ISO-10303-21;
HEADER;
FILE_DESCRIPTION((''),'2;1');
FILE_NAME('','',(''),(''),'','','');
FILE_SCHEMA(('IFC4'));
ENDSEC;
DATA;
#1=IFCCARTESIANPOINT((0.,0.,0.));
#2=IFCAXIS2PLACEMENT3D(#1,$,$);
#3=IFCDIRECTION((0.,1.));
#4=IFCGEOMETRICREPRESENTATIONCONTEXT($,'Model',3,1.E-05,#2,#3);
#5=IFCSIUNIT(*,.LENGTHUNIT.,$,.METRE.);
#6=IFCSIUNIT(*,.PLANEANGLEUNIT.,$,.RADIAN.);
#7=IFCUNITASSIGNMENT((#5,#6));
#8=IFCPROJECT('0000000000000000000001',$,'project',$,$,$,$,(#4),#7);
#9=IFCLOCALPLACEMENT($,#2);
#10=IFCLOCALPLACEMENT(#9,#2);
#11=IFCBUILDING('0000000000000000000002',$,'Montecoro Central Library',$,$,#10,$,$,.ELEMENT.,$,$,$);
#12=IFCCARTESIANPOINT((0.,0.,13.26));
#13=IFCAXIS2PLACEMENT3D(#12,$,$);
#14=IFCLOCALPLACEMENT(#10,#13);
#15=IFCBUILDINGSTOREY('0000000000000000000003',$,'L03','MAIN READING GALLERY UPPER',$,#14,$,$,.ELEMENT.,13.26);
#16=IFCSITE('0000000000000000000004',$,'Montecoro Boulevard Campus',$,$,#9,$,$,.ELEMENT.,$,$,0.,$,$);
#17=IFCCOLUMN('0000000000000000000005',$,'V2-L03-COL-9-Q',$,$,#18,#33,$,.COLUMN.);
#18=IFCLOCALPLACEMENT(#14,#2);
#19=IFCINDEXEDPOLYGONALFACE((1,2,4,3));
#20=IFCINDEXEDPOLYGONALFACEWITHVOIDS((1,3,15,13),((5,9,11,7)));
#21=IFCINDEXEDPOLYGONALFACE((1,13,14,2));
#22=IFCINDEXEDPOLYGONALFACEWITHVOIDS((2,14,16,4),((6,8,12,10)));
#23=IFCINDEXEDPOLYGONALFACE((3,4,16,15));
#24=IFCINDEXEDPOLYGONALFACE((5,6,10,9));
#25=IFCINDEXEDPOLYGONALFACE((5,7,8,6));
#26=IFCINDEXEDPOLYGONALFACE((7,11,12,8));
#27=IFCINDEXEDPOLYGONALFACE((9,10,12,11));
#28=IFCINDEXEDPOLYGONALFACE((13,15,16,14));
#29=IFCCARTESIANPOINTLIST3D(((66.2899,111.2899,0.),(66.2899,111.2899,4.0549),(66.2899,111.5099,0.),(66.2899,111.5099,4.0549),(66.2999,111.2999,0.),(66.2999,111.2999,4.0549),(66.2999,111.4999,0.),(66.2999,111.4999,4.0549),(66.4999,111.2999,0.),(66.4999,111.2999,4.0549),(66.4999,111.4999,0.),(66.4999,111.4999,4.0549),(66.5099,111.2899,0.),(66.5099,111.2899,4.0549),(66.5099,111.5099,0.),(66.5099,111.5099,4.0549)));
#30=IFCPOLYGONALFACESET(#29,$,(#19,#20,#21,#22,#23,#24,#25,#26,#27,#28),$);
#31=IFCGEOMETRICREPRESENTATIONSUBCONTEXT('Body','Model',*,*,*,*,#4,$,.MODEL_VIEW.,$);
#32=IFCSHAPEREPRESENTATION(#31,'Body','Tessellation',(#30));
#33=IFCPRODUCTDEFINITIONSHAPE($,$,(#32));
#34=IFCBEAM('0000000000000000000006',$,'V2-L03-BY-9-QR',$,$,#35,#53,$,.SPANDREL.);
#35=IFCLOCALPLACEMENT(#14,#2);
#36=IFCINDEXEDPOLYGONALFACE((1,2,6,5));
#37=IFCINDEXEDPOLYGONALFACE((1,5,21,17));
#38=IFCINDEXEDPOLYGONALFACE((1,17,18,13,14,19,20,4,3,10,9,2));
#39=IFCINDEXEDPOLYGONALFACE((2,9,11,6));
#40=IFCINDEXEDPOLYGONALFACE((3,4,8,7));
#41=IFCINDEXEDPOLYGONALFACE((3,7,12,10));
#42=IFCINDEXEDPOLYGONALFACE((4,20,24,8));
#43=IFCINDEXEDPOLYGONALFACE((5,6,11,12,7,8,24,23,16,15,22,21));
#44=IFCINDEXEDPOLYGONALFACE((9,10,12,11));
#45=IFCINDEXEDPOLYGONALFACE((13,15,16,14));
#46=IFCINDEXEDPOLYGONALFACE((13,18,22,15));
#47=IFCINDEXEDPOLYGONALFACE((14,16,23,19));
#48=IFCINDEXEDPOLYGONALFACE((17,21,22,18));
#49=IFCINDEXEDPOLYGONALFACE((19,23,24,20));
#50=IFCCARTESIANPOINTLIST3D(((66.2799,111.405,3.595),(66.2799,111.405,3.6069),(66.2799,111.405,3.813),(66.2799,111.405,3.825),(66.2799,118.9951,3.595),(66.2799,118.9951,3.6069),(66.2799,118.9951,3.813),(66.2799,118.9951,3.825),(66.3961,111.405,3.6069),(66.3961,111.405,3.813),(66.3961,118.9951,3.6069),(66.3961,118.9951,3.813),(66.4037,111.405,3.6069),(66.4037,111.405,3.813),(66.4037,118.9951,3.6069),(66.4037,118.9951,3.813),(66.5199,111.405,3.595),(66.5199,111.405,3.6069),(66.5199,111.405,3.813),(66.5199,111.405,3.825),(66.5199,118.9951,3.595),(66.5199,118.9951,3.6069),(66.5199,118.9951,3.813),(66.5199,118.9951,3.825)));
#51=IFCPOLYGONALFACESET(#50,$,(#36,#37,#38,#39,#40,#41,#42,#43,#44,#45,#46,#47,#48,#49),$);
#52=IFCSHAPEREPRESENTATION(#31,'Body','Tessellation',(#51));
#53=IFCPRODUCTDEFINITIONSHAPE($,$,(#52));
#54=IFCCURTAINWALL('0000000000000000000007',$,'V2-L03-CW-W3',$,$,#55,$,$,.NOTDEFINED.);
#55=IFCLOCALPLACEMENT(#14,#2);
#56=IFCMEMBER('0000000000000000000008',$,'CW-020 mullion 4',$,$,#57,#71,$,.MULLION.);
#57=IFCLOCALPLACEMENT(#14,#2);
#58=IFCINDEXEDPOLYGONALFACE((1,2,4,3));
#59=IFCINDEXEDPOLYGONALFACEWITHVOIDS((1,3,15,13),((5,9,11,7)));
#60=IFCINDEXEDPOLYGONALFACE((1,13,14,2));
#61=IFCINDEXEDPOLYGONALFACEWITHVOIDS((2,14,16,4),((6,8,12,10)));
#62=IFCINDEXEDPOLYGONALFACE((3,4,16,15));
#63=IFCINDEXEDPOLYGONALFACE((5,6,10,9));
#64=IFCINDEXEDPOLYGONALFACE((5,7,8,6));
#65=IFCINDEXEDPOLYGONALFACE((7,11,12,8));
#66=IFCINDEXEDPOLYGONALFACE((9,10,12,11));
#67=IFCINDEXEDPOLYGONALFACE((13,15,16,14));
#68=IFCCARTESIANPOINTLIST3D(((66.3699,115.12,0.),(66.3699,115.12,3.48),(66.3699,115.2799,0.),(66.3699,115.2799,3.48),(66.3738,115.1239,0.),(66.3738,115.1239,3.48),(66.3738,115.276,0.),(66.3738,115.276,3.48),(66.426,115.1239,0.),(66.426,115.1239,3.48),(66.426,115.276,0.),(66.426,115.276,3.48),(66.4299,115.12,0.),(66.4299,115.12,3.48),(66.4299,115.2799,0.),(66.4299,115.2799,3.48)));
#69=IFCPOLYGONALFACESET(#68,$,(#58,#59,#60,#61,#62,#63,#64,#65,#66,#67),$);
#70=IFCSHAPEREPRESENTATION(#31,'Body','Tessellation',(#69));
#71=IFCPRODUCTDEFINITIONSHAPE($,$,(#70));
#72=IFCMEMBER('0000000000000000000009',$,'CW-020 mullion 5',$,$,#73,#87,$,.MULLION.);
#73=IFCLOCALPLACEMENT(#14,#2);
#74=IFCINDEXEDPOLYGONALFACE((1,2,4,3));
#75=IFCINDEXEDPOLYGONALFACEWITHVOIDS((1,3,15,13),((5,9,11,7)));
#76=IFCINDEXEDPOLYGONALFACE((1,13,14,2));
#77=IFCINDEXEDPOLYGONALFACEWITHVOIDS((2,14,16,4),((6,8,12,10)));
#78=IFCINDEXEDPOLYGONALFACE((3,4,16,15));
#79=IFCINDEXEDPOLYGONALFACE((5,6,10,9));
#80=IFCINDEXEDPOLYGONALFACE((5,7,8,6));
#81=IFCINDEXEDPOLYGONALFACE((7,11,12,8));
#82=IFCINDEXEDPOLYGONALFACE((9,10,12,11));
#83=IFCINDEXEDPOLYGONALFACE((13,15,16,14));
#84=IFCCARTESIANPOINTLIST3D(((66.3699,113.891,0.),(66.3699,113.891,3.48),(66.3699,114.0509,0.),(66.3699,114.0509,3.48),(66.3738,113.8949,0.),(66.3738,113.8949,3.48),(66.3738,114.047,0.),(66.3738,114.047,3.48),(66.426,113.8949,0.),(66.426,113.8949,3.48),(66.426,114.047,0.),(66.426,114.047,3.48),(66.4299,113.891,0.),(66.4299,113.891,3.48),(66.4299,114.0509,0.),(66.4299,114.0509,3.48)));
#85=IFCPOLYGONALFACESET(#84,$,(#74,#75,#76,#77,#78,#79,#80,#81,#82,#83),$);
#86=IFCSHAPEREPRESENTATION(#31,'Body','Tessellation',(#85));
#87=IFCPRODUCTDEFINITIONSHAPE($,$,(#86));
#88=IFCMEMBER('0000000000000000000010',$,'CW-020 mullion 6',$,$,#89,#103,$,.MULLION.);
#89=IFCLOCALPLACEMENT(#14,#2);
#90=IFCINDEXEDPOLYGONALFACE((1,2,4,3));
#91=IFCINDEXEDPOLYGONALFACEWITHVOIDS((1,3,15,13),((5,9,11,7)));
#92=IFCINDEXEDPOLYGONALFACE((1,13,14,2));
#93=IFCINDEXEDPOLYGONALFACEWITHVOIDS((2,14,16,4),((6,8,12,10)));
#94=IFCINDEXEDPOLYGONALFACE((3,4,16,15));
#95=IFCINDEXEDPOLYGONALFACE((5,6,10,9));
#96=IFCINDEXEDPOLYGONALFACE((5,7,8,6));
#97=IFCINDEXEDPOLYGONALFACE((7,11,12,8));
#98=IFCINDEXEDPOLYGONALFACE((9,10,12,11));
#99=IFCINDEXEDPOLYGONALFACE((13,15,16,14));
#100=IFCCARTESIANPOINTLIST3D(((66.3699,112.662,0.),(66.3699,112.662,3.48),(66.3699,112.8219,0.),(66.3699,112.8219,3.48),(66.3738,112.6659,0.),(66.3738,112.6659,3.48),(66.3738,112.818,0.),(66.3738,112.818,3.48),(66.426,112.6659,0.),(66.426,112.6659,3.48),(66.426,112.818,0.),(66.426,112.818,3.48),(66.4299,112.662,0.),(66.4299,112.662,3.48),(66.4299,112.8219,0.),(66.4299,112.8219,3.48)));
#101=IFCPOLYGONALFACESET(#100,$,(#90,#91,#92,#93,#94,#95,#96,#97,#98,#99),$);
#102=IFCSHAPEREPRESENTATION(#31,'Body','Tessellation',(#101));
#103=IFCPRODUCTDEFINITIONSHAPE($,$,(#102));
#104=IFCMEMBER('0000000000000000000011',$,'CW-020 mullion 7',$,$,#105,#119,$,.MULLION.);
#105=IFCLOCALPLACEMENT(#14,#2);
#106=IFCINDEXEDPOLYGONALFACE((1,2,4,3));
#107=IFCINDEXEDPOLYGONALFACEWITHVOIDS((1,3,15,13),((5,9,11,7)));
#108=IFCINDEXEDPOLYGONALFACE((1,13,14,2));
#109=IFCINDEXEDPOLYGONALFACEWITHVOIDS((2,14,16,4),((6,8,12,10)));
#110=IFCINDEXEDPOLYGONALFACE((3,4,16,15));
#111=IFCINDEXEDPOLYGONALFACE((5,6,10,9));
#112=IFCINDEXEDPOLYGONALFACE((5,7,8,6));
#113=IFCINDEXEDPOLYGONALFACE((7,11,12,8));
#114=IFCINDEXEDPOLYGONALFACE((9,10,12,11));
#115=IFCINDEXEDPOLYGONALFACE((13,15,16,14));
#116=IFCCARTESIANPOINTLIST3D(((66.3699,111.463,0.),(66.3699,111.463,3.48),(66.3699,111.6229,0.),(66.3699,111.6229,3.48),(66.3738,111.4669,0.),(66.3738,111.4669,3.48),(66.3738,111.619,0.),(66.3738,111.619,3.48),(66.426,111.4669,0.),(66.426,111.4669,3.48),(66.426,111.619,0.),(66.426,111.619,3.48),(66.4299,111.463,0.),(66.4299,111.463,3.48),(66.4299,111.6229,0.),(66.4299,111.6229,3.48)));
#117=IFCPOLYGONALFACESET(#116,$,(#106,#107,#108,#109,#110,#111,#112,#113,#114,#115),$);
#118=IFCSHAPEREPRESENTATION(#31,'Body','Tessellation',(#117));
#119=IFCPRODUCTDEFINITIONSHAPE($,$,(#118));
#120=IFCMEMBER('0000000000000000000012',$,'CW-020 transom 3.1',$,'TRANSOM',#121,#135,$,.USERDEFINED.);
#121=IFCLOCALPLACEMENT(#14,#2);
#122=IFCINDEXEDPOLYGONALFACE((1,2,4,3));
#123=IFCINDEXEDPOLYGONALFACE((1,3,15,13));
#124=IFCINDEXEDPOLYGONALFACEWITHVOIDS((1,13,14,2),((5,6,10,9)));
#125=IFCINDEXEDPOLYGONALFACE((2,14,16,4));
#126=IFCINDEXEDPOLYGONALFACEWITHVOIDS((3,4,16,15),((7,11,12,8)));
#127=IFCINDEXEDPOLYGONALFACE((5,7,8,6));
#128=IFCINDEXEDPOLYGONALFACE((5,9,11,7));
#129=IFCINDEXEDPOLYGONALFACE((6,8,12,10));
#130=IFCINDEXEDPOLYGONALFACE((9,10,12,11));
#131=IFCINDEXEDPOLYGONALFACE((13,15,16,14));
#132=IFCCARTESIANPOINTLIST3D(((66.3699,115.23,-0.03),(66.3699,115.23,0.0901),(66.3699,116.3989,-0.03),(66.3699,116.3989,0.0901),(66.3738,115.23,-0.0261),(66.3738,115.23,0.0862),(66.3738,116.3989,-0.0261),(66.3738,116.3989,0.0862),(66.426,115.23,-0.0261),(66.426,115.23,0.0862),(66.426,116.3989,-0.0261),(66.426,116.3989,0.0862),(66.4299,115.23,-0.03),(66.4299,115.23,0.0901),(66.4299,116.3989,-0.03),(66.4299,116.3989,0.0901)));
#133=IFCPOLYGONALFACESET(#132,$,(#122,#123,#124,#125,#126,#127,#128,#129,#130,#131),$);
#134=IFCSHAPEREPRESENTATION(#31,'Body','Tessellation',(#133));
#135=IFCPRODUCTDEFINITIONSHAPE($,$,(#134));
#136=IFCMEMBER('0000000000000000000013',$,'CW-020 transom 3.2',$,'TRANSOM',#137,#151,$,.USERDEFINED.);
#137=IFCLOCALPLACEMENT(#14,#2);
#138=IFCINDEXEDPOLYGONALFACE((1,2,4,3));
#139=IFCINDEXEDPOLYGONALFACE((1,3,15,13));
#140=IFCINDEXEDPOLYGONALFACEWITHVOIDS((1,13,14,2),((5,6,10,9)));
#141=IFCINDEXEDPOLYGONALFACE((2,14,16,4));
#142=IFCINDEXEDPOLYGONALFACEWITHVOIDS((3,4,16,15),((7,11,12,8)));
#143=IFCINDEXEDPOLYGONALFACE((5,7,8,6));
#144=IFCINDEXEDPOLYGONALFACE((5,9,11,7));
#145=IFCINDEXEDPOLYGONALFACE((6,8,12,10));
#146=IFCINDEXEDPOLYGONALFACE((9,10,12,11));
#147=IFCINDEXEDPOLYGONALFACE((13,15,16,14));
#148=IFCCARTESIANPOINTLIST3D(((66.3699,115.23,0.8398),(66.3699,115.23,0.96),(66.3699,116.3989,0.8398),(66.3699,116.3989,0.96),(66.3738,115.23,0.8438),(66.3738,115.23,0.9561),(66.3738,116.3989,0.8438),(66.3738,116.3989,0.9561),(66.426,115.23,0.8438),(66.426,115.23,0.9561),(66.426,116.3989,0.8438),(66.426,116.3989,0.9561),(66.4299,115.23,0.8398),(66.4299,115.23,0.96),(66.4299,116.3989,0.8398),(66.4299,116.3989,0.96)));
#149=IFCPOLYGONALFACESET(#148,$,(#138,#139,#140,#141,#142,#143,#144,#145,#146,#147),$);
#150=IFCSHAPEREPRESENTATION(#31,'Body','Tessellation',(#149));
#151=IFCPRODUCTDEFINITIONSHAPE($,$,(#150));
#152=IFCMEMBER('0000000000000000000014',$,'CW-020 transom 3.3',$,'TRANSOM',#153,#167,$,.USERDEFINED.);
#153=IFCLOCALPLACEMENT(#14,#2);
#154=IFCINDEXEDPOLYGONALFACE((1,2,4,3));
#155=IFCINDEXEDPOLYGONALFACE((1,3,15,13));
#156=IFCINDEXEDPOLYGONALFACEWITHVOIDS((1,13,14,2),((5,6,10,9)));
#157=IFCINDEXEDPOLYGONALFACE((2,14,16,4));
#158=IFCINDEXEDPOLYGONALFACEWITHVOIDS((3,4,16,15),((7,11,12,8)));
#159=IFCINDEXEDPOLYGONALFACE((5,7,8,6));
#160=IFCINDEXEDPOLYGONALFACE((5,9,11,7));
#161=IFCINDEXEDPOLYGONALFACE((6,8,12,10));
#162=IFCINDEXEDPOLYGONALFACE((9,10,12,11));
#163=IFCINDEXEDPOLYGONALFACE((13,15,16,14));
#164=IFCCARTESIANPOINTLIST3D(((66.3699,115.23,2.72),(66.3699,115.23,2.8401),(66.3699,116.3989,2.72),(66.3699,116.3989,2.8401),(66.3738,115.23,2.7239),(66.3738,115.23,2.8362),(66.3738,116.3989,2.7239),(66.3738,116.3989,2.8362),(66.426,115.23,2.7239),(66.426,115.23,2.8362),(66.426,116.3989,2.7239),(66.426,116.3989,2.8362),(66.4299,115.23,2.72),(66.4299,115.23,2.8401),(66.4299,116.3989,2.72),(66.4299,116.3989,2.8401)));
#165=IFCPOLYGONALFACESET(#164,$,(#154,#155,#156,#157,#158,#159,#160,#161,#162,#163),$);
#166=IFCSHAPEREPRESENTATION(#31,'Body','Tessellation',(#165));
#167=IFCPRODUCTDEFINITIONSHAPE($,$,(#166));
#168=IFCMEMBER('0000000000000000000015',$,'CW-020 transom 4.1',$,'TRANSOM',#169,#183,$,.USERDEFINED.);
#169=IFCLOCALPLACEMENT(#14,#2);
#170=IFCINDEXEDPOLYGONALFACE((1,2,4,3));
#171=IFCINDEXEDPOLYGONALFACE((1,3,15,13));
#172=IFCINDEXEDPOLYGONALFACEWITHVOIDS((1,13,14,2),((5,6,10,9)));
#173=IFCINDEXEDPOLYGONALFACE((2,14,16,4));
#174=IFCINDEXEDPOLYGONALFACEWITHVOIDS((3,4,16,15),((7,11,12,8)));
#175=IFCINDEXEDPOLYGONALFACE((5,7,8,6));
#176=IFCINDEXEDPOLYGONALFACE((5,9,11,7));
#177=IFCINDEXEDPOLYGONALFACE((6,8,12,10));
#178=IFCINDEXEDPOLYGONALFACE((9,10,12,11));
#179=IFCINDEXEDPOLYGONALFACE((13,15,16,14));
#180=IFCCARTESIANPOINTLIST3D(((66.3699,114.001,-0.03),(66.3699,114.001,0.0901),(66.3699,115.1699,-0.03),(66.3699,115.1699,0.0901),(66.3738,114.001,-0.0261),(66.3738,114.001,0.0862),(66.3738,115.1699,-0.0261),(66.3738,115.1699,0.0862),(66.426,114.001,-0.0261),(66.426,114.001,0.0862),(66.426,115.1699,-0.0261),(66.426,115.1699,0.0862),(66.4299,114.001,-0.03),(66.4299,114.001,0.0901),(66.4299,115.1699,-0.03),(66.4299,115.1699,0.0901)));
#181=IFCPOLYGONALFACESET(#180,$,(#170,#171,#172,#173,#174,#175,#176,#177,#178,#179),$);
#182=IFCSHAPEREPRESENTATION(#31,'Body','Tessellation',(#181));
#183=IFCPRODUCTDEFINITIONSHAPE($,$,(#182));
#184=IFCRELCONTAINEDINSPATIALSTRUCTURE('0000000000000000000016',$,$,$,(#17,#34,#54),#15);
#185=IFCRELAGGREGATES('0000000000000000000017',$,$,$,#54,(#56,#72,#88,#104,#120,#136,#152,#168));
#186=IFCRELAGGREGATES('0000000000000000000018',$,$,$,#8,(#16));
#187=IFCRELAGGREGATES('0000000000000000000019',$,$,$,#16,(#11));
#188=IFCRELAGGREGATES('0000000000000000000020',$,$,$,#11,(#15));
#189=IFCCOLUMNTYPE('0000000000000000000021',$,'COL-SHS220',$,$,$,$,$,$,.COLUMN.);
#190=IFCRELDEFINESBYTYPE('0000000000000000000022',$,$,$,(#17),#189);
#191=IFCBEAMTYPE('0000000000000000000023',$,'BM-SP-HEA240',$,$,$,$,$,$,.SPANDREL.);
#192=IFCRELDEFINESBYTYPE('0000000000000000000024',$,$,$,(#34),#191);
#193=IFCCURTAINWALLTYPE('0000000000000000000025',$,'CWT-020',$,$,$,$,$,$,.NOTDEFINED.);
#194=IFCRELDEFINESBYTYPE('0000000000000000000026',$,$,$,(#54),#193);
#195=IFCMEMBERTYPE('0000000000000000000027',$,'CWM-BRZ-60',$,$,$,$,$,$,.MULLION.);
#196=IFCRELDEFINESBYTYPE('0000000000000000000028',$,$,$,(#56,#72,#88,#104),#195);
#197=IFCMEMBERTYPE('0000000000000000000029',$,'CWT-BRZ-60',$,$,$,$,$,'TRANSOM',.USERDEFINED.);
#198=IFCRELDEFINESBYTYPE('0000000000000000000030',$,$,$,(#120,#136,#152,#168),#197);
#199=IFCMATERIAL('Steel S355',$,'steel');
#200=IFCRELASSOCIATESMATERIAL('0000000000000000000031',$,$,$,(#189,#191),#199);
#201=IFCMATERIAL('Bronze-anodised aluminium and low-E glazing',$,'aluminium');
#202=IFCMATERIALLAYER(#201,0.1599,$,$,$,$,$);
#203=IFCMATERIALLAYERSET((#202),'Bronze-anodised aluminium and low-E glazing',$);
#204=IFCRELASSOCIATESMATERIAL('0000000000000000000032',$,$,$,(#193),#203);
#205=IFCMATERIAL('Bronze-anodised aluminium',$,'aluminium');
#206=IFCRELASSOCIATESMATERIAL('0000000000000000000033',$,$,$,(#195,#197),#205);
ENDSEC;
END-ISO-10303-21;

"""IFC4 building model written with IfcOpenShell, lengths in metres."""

from ifc_helpers import new_model, si_unit, direction, frame, origin, origin_2d, place, context, subcontext, project, spatial, hollow_rectangle, i_section, extrude, material, layer, layer_set, material_profile, profile_set, type_object, element, aggregate, save


model = new_model("IFC4")

# Units and contexts
model_context = context("Model", 3, precision=1e-05, world=origin(), true_north=direction((0.0, 1.0)))
body_context = subcontext(model_context, "Body", "Model", "MODEL_VIEW")
ifc_project = project(units=[si_unit("LENGTHUNIT", "METRE"), si_unit("PLANEANGLEUNIT", "RADIAN")], contexts=[model_context])

# Site, building, storey
site_placement = place(None, origin())
site = spatial("IfcSite", under=ifc_project, at=site_placement, Name="Montecoro Boulevard Campus", CompositionType="ELEMENT", RefElevation=0.0)
building_placement = place(site_placement, origin())
building = spatial("IfcBuilding", under=site, at=building_placement, Name="Montecoro Central Library", CompositionType="ELEMENT")
storey_placement = place(building_placement, frame((0.0, 0.0, 13.26)))
storey = spatial("IfcBuildingStorey", under=building, at=storey_placement, Name="L03", Description="MAIN READING GALLERY UPPER", CompositionType="ELEMENT", Elevation=13.26)

# Column
ifc_material_1 = material(Name="Steel S355", Category="steel")
ifc_material_profile_1 = material_profile(ifc_material_1, hollow_rectangle(XDim=0.22, YDim=0.22, WallThickness=0.01, at=origin_2d()), Name="SHS 220x220x10.0")
ifc_profile_set_1 = profile_set([ifc_material_profile_1], Name="Steel S355")
column_type = type_object("IfcColumnType", Name="COL-SHS220", PredefinedType="COLUMN", material=ifc_profile_set_1)
column_placement = place(storey_placement, frame((66.3999, 111.3999, 0.0), z_axis=(0.0, 0.0, 1.0), x_axis=(1.0, 0.0, 0.0)))
element("IfcColumn", 1, at=column_placement, inside=storey, type_object=column_type, Name="V2-L03-COL-9-Q", PredefinedType="COLUMN", context=body_context, shape_type="SweptSolid", body=[
    extrude(hollow_rectangle(XDim=0.22, YDim=0.22, WallThickness=0.01, at=origin_2d()), origin(), (0.0, 0.0, 1.0), 4.0549),
])

# Beam
ifc_material_profile_2 = material_profile(ifc_material_1, i_section(OverallWidth=0.24, OverallDepth=0.23, WebThickness=0.0076, FlangeThickness=0.012, at=origin_2d()), Name="HEA 240")
ifc_profile_set_2 = profile_set([ifc_material_profile_2], Name="Steel S355")
beam_type = type_object("IfcBeamType", Name="BM-SP-HEA240", PredefinedType="SPANDREL", material=ifc_profile_set_2)
beam_placement = place(storey_placement, frame((66.3999, 111.405, 3.71), z_axis=(0.0, 1.0, 0.0), x_axis=(-1.0, 0.0, 0.0)))
element("IfcBeam", 2, at=beam_placement, inside=storey, type_object=beam_type, Name="V2-L03-BY-9-QR", PredefinedType="SPANDREL", context=body_context, shape_type="SweptSolid", body=[
    extrude(i_section(OverallWidth=0.24, OverallDepth=0.23, WebThickness=0.0076, FlangeThickness=0.012, at=origin_2d()), origin(), (0.0, 0.0, 1.0), 7.5901),
])

# Curtain wall, members
ifc_material_2 = material(Name="Bronze-anodised aluminium and low-E glazing", Category="aluminium")
ifc_layer_1 = layer(ifc_material_2, 0.1599)
ifc_layer_set_1 = layer_set([ifc_layer_1], Name="Bronze-anodised aluminium and low-E glazing")
curtain_wall_type = type_object("IfcCurtainWallType", Name="CWT-020", PredefinedType="NOTDEFINED", material=ifc_layer_set_1)
curtain_wall_placement = place(storey_placement, origin())
curtain_wall = element("IfcCurtainWall", 3, at=curtain_wall_placement, inside=storey, type_object=curtain_wall_type, Name="V2-L03-CW-W3", PredefinedType="NOTDEFINED")
ifc_material_3 = material(Name="Bronze-anodised aluminium", Category="aluminium")
ifc_material_profile_3 = material_profile(ifc_material_3, hollow_rectangle(XDim=0.0601, YDim=0.1599, WallThickness=0.0039, at=origin_2d()), Name="CWM 160x60x4.0")
ifc_profile_set_3 = profile_set([ifc_material_profile_3], Name="Bronze-anodised aluminium")
member_type_1 = type_object("IfcMemberType", Name="CWM-BRZ-60", PredefinedType="MULLION", material=ifc_profile_set_3)
member_1_placement = place(storey_placement, frame((66.3999, 115.2, 0.0), z_axis=(0.0, 0.0, 1.0), x_axis=(1.0, 0.0, 0.0)))
member_1 = element("IfcMember", 4, at=member_1_placement, type_object=member_type_1, Name="CW-020 mullion 4", PredefinedType="MULLION", context=body_context, shape_type="SweptSolid", body=[
    extrude(hollow_rectangle(XDim=0.0601, YDim=0.1599, WallThickness=0.0039, at=origin_2d()), origin(), (0.0, 0.0, 1.0), 3.48),
])
member_2_placement = place(storey_placement, frame((66.3999, 113.9709, 0.0), z_axis=(0.0, 0.0, 1.0), x_axis=(1.0, 0.0, 0.0)))
member_2 = element("IfcMember", 5, at=member_2_placement, type_object=member_type_1, Name="CW-020 mullion 5", PredefinedType="MULLION", context=body_context, shape_type="SweptSolid", body=[
    extrude(hollow_rectangle(XDim=0.0601, YDim=0.1599, WallThickness=0.0039, at=origin_2d()), origin(), (0.0, 0.0, 1.0), 3.48),
])
member_3_placement = place(storey_placement, frame((66.3999, 112.7419, 0.0), z_axis=(0.0, 0.0, 1.0), x_axis=(1.0, 0.0, 0.0)))
member_3 = element("IfcMember", 6, at=member_3_placement, type_object=member_type_1, Name="CW-020 mullion 6", PredefinedType="MULLION", context=body_context, shape_type="SweptSolid", body=[
    extrude(hollow_rectangle(XDim=0.0601, YDim=0.1599, WallThickness=0.0039, at=origin_2d()), origin(), (0.0, 0.0, 1.0), 3.48),
])
member_4_placement = place(storey_placement, frame((66.3999, 111.543, 0.0), z_axis=(0.0, 0.0, 1.0), x_axis=(1.0, 0.0, 0.0)))
member_4 = element("IfcMember", 7, at=member_4_placement, type_object=member_type_1, Name="CW-020 mullion 7", PredefinedType="MULLION", context=body_context, shape_type="SweptSolid", body=[
    extrude(hollow_rectangle(XDim=0.0601, YDim=0.1599, WallThickness=0.0039, at=origin_2d()), origin(), (0.0, 0.0, 1.0), 3.48),
])
ifc_material_profile_4 = material_profile(ifc_material_3, hollow_rectangle(XDim=0.0601, YDim=0.1201, WallThickness=0.0039, at=origin_2d()), Name="CWT 120x60x4.0")
ifc_profile_set_4 = profile_set([ifc_material_profile_4], Name="Bronze-anodised aluminium")
member_type_2 = type_object("IfcMemberType", Name="CWT-BRZ-60", ElementType="TRANSOM", PredefinedType="USERDEFINED", material=ifc_profile_set_4)
member_5_placement = place(storey_placement, frame((66.3999, 116.3989, 0.03), z_axis=(0.0, -1.0, 0.0), x_axis=(1.0, 0.0, 0.0)))
member_5 = element("IfcMember", 8, at=member_5_placement, type_object=member_type_2, Name="CW-020 transom 3.1", ObjectType="TRANSOM", PredefinedType="USERDEFINED", context=body_context, shape_type="SweptSolid", body=[
    extrude(hollow_rectangle(XDim=0.0601, YDim=0.1201, WallThickness=0.0039, at=origin_2d()), origin(), (0.0, 0.0, 1.0), 1.1689),
])
member_6_placement = place(storey_placement, frame((66.3999, 116.3989, 0.8999), z_axis=(0.0, -1.0, 0.0), x_axis=(1.0, 0.0, 0.0)))
member_6 = element("IfcMember", 9, at=member_6_placement, type_object=member_type_2, Name="CW-020 transom 3.2", ObjectType="TRANSOM", PredefinedType="USERDEFINED", context=body_context, shape_type="SweptSolid", body=[
    extrude(hollow_rectangle(XDim=0.0601, YDim=0.1201, WallThickness=0.0039, at=origin_2d()), origin(), (0.0, 0.0, 1.0), 1.1689),
])
member_7_placement = place(storey_placement, frame((66.3999, 116.3989, 2.78), z_axis=(0.0, -1.0, 0.0), x_axis=(1.0, 0.0, 0.0)))
member_7 = element("IfcMember", 10, at=member_7_placement, type_object=member_type_2, Name="CW-020 transom 3.3", ObjectType="TRANSOM", PredefinedType="USERDEFINED", context=body_context, shape_type="SweptSolid", body=[
    extrude(hollow_rectangle(XDim=0.0601, YDim=0.1201, WallThickness=0.0039, at=origin_2d()), origin(), (0.0, 0.0, 1.0), 1.1689),
])
member_8_placement = place(storey_placement, frame((66.3999, 115.1699, 0.03), z_axis=(0.0, -1.0, 0.0), x_axis=(1.0, 0.0, 0.0)))
member_8 = element("IfcMember", 11, at=member_8_placement, type_object=member_type_2, Name="CW-020 transom 4.1", ObjectType="TRANSOM", PredefinedType="USERDEFINED", context=body_context, shape_type="SweptSolid", body=[
    extrude(hollow_rectangle(XDim=0.0601, YDim=0.1201, WallThickness=0.0039, at=origin_2d()), origin(), (0.0, 0.0, 1.0), 1.1689),
])
aggregate(curtain_wall, [member_1, member_2, member_3, member_4, member_5, member_6, member_7, member_8])

save(model, "model.ifc")
